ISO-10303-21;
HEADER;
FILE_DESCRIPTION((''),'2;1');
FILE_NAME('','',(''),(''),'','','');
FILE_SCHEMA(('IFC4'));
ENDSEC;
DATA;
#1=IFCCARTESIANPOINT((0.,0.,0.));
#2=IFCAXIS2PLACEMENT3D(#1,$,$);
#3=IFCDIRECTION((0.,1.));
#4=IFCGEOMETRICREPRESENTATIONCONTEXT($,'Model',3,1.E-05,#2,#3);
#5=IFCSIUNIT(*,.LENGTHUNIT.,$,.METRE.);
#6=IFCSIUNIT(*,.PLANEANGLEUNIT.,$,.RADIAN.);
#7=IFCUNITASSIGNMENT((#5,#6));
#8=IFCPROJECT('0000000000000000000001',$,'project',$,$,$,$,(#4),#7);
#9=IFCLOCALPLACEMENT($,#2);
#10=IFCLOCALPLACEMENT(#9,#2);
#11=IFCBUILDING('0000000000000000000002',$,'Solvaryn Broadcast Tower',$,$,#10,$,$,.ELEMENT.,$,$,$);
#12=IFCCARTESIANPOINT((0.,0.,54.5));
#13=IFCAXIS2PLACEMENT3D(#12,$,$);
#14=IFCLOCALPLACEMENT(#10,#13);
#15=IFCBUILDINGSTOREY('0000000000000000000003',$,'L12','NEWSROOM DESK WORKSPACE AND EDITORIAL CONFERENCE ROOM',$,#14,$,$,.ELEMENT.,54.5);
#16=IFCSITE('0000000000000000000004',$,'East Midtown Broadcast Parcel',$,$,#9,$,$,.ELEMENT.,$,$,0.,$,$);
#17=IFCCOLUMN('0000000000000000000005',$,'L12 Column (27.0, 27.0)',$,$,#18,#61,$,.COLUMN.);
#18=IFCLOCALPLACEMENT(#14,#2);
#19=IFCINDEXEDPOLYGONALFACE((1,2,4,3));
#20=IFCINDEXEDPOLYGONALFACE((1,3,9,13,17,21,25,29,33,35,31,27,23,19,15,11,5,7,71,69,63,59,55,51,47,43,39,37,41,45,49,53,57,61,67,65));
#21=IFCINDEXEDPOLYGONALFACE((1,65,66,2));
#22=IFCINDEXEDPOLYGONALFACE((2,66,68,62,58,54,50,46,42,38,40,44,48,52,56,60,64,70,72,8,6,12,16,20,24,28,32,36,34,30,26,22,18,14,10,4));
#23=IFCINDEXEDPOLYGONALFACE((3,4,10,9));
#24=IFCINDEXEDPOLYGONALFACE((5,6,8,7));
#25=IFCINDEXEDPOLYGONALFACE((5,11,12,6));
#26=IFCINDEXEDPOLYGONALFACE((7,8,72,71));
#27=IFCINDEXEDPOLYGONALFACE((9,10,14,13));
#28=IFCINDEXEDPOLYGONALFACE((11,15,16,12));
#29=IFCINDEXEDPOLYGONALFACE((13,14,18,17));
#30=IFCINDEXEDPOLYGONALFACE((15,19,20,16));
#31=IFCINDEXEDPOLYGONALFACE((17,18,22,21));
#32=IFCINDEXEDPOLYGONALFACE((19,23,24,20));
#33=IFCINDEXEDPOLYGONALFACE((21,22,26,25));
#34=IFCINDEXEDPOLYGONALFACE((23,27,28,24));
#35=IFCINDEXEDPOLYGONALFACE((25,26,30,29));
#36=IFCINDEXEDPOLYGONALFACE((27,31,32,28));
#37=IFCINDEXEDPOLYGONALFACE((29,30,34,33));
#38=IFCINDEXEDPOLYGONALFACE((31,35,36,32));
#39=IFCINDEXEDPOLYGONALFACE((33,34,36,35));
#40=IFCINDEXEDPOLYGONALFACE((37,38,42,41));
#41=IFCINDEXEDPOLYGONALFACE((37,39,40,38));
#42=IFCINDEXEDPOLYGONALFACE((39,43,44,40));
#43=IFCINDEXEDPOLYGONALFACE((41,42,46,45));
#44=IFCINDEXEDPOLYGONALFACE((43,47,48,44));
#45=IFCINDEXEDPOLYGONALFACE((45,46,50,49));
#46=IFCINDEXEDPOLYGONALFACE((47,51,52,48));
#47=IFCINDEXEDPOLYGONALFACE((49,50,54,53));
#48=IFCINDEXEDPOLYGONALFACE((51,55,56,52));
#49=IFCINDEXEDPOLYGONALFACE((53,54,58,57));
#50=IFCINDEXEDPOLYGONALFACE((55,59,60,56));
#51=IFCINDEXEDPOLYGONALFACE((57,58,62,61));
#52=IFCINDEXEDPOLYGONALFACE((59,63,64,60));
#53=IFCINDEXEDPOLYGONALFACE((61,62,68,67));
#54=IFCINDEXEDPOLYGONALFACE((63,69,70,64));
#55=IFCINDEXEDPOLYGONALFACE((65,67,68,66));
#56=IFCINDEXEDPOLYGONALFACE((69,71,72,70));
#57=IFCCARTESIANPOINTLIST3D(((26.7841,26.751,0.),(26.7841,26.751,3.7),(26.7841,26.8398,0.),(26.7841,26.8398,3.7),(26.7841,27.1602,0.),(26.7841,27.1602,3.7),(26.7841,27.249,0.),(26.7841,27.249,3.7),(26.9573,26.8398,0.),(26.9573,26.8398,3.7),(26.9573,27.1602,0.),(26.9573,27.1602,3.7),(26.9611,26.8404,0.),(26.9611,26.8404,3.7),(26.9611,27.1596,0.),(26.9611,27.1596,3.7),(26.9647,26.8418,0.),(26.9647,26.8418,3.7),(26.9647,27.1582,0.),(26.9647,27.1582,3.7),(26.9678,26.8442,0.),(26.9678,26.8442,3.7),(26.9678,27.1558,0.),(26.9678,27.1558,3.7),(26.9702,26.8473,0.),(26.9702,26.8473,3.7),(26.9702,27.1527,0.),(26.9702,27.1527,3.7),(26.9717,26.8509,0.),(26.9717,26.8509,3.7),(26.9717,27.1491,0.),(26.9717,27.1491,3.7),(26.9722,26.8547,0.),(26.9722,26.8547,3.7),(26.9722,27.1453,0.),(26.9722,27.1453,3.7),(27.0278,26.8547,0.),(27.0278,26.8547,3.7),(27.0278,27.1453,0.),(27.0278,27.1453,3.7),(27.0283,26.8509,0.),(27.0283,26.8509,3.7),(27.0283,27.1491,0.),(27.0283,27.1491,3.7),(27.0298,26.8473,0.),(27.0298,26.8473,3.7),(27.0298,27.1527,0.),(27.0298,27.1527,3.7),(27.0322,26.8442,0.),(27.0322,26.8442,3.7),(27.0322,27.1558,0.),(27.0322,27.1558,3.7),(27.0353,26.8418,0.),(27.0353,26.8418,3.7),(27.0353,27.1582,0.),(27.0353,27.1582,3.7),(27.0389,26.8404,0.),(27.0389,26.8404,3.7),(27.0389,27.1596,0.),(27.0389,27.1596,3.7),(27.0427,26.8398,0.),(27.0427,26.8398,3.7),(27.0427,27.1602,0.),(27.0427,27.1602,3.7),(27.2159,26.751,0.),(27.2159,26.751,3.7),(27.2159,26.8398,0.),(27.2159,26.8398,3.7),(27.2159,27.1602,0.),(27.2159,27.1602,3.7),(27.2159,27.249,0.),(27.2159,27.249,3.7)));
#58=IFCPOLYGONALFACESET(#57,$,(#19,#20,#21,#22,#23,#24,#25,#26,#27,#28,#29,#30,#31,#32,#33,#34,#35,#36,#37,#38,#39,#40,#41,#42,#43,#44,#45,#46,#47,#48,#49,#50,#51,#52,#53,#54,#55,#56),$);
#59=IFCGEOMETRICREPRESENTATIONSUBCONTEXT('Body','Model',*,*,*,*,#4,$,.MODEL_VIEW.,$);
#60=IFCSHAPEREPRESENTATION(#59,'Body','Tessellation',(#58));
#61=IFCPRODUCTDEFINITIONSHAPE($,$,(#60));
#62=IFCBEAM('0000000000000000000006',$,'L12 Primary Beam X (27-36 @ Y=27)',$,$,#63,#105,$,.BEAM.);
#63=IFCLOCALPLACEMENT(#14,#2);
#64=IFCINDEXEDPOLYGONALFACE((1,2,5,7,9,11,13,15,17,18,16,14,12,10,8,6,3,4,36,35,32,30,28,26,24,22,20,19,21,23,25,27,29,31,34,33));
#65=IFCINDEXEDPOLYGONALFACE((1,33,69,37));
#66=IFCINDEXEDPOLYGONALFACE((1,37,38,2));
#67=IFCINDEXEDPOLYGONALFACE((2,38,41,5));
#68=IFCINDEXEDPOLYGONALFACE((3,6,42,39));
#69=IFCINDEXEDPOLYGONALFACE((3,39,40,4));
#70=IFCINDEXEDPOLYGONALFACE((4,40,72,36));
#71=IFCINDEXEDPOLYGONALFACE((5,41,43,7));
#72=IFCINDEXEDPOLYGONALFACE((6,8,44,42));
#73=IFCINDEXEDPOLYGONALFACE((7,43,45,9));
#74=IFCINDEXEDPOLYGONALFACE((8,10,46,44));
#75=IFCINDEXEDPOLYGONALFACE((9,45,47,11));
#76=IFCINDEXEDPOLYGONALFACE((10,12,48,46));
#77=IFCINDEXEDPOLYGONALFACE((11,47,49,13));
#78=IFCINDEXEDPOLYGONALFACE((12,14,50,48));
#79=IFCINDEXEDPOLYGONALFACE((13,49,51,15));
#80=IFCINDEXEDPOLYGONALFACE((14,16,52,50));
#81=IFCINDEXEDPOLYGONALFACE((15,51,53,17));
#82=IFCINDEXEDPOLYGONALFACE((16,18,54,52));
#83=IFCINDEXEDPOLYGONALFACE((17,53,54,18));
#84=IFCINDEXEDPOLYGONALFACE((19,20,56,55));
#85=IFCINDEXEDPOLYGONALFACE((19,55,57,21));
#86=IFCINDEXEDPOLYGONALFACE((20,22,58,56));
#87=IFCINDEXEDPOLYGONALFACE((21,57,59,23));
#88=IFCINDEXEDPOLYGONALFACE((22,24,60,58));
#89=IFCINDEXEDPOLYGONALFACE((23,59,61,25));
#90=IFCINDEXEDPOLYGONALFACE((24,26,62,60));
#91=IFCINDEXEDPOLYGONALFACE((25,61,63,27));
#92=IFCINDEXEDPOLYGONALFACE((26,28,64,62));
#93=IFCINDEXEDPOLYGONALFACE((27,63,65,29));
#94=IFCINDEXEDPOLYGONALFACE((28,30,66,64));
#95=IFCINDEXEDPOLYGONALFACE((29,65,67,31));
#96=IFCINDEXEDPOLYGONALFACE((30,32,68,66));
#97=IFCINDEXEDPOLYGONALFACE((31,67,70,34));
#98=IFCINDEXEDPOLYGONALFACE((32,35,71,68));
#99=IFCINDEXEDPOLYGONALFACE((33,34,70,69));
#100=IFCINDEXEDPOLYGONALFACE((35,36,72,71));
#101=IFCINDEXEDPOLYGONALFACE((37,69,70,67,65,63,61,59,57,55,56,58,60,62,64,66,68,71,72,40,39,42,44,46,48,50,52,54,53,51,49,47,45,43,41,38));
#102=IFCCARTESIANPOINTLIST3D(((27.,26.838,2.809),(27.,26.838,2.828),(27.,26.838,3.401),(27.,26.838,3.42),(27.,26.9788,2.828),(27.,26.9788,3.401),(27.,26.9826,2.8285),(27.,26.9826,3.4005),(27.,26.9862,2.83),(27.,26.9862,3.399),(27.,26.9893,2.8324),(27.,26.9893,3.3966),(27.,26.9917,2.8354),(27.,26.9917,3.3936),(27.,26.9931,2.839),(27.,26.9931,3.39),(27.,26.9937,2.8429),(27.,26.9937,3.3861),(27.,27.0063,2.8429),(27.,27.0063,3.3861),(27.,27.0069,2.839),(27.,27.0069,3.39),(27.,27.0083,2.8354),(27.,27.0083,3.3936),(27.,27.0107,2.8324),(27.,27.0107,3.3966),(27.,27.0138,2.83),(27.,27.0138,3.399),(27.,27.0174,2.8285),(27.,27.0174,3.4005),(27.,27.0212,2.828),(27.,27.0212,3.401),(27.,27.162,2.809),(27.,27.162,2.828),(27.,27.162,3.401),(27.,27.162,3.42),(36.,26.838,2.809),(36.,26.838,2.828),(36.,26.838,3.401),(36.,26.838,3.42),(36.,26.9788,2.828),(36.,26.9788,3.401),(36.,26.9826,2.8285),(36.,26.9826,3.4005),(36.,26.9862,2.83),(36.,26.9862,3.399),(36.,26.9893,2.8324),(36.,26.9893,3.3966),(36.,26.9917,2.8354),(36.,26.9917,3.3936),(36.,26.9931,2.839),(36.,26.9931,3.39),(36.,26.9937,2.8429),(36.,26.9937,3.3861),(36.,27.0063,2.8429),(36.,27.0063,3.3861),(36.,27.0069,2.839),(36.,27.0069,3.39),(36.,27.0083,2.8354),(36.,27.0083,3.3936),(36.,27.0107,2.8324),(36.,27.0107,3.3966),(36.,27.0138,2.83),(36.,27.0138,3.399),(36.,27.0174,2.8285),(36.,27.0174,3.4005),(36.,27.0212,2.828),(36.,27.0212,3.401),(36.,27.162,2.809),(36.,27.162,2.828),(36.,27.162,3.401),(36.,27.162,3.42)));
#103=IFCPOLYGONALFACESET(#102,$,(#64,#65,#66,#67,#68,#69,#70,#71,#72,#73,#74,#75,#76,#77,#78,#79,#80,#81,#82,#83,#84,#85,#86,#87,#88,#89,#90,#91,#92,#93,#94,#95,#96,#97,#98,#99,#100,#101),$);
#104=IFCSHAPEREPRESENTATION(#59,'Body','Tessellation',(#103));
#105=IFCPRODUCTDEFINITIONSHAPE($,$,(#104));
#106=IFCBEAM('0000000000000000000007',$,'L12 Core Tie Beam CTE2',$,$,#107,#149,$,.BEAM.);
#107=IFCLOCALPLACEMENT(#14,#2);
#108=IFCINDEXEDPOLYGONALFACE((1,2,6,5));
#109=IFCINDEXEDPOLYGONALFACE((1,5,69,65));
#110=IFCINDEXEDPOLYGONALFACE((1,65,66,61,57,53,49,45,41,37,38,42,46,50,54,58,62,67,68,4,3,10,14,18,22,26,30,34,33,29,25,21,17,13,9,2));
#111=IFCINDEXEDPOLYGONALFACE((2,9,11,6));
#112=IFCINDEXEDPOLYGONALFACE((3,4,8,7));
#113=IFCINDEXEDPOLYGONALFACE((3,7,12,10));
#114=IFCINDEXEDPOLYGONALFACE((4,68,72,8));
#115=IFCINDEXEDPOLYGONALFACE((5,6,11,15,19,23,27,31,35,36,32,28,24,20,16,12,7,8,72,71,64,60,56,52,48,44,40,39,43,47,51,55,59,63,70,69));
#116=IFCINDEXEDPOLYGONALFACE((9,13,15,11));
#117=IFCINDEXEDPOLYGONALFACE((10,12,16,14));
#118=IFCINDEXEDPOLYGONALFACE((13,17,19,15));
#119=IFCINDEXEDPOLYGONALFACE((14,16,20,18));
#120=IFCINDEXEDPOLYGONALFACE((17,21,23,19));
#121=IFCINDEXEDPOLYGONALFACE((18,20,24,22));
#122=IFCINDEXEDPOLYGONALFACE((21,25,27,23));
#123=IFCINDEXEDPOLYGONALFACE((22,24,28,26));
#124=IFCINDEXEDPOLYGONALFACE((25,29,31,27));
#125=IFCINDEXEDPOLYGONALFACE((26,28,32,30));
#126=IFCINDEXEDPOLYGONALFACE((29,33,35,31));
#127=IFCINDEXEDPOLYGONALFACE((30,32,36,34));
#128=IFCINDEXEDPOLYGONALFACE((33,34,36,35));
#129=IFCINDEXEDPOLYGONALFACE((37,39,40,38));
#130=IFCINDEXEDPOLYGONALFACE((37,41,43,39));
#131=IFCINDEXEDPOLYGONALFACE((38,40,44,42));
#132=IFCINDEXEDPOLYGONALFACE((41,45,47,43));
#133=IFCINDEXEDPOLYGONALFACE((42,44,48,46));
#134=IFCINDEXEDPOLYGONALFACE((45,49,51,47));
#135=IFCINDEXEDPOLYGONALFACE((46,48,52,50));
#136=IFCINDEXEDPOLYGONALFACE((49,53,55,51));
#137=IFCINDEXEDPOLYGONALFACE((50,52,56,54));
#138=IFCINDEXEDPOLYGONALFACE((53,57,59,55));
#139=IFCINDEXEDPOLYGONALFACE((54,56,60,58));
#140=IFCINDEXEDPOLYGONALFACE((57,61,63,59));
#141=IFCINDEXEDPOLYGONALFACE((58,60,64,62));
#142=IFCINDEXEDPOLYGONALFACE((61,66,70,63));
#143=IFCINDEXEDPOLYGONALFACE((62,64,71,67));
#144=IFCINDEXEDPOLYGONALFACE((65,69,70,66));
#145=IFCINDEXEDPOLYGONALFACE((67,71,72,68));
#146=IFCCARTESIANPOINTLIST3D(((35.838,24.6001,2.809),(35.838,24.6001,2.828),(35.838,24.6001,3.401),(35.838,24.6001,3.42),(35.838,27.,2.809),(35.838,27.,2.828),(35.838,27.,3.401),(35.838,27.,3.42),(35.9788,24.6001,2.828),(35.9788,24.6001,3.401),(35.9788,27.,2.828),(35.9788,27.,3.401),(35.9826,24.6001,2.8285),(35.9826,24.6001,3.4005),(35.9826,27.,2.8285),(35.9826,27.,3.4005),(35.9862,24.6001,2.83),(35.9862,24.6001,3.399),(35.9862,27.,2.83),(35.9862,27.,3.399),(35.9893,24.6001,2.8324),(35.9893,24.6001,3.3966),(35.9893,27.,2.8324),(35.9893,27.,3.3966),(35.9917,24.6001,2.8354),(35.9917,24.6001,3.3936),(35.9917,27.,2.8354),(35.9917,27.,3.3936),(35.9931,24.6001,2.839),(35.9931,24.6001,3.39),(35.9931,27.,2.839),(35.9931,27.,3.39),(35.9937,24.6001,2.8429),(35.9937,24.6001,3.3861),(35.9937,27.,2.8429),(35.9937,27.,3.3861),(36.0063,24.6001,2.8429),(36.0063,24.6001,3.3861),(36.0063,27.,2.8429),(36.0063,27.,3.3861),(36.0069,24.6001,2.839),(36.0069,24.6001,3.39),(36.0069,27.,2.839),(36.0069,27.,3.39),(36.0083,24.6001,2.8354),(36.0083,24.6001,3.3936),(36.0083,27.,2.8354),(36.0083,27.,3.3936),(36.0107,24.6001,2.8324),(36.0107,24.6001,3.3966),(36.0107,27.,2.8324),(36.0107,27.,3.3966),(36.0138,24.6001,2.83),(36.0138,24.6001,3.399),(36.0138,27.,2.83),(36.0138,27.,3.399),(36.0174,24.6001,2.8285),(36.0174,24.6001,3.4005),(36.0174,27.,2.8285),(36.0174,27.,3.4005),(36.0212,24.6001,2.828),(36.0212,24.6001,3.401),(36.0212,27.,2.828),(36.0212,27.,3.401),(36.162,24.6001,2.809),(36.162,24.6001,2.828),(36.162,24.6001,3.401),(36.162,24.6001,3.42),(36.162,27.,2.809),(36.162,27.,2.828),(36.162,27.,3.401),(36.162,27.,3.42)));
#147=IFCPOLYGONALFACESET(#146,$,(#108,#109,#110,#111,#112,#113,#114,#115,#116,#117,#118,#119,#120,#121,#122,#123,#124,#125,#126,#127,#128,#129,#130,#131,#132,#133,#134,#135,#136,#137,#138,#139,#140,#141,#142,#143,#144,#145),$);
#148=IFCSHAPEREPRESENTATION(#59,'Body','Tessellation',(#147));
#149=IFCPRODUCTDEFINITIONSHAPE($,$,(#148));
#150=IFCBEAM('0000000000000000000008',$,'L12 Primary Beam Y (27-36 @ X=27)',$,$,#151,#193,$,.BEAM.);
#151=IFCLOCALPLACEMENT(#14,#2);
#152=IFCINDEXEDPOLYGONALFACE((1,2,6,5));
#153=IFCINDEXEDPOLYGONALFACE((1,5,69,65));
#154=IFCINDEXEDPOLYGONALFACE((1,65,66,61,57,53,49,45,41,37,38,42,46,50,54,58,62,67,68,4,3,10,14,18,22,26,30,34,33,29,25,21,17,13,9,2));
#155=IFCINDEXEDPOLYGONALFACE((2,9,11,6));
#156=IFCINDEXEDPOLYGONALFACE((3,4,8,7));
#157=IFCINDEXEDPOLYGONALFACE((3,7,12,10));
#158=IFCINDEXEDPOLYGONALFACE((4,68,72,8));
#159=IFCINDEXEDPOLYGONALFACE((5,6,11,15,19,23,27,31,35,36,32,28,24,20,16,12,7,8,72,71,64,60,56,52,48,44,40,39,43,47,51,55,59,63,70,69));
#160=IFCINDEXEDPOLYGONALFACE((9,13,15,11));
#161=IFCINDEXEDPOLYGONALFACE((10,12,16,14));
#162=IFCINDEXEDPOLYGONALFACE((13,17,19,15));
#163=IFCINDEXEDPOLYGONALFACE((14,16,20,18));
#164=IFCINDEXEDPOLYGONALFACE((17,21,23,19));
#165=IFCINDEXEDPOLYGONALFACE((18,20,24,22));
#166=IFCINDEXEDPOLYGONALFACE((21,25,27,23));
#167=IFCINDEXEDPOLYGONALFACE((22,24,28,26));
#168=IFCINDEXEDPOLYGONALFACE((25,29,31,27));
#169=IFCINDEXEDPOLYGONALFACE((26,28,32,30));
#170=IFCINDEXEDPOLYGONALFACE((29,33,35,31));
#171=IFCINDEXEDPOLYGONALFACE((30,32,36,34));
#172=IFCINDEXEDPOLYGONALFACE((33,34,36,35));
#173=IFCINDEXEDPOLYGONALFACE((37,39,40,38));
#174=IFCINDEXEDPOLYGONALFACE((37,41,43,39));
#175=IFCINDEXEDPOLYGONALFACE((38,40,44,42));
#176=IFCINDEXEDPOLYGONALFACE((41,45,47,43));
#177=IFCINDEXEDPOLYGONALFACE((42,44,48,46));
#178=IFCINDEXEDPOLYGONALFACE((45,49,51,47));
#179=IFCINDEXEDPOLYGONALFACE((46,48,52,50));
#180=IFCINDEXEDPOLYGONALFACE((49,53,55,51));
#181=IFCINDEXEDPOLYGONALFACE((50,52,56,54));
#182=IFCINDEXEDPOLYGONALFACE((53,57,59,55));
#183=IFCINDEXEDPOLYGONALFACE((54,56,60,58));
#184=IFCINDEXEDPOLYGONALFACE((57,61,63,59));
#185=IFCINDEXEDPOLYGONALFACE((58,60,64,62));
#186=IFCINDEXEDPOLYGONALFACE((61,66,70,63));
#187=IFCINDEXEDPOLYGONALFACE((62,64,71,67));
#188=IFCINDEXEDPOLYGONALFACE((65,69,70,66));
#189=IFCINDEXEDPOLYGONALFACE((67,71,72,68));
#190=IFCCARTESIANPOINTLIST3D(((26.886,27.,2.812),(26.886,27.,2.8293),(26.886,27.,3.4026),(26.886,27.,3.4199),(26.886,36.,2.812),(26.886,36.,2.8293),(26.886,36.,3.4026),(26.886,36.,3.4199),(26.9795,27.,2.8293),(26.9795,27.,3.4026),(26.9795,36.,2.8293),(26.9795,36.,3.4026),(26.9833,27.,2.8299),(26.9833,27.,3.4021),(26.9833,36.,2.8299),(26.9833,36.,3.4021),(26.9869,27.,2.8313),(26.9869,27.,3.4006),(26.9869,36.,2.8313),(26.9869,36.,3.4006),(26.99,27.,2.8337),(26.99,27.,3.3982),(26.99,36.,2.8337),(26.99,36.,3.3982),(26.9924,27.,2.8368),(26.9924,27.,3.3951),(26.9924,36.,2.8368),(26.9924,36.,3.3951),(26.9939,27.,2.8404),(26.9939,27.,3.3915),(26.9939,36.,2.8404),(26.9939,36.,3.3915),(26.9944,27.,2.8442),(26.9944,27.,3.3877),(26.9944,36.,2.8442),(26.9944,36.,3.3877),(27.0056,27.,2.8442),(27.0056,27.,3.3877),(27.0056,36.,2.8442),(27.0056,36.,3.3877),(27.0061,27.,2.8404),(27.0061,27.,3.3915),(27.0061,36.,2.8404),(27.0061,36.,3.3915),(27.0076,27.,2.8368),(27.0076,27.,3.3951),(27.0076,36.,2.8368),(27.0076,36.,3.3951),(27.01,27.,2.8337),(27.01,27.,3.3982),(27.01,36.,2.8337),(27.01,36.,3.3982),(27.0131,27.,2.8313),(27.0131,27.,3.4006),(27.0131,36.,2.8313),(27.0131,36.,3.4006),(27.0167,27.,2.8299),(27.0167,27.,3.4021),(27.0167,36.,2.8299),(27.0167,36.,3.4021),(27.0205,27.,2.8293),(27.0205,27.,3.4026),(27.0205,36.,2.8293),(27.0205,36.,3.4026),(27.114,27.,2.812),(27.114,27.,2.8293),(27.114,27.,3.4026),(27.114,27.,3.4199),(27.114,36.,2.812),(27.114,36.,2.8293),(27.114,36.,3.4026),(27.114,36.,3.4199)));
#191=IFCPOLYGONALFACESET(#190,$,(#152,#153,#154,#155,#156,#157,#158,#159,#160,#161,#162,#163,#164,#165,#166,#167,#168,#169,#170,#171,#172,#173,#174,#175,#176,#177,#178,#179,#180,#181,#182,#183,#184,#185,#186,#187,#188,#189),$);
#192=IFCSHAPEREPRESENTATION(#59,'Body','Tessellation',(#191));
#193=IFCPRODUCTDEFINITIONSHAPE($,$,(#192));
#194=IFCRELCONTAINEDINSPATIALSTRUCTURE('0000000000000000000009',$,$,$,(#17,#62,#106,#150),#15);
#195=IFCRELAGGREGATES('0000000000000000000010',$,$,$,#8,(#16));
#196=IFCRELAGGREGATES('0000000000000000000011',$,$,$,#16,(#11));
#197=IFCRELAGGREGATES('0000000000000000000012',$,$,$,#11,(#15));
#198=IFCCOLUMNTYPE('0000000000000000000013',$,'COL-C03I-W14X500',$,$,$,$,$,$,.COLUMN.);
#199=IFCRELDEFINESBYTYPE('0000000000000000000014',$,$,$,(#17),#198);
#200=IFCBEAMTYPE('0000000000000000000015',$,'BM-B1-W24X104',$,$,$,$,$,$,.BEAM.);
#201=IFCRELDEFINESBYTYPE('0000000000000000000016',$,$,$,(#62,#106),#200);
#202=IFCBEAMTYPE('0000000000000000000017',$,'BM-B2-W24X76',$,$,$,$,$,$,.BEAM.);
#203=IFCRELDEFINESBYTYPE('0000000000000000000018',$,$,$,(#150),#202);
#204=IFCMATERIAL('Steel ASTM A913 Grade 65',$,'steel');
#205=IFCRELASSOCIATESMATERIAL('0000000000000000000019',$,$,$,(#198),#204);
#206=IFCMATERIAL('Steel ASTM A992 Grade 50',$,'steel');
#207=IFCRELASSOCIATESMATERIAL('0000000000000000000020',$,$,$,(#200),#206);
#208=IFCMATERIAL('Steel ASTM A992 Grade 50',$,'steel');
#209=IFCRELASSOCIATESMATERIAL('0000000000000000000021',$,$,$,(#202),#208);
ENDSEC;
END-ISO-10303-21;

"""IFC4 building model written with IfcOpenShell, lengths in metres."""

from ifc_helpers import new_model, si_unit, direction, frame, origin, origin_2d, place, context, subcontext, project, spatial, i_section, extrude, material, material_profile, profile_set, type_object, element, save


model = new_model("IFC4")

# Units and contexts
model_context = context("Model", 3, precision=1e-05, world=origin(), true_north=direction((0.0, 1.0)))
body_context = subcontext(model_context, "Body", "Model", "MODEL_VIEW")
ifc_project = project(units=[si_unit("LENGTHUNIT", "METRE"), si_unit("PLANEANGLEUNIT", "RADIAN")], contexts=[model_context])

# Site, building, storey
site_placement = place(None, origin())
site = spatial("IfcSite", under=ifc_project, at=site_placement, Name="East Midtown Broadcast Parcel", CompositionType="ELEMENT", RefElevation=0.0)
building_placement = place(site_placement, origin())
building = spatial("IfcBuilding", under=site, at=building_placement, Name="Solvaryn Broadcast Tower", CompositionType="ELEMENT")
storey_placement = place(building_placement, frame((0.0, 0.0, 54.5)))
storey = spatial("IfcBuildingStorey", under=building, at=storey_placement, Name="L12", Description="NEWSROOM DESK WORKSPACE AND EDITORIAL CONFERENCE ROOM", CompositionType="ELEMENT", Elevation=54.5)

# Column
ifc_material_1 = material(Name="Steel ASTM A913 Grade 65", Category="steel")
ifc_material_profile_1 = material_profile(ifc_material_1, i_section(OverallWidth=0.4319, OverallDepth=0.498, WebThickness=0.0557, FlangeThickness=0.0889, FilletRadius=0.0149, at=origin_2d()))
ifc_profile_set_1 = profile_set([ifc_material_profile_1], Name="Steel ASTM A913 Grade 65")
column_type = type_object("IfcColumnType", Name="COL-C03I-W14X500", PredefinedType="COLUMN", material=ifc_profile_set_1)
column_placement = place(storey_placement, frame((27.0, 27.0, 0.0), z_axis=(0.0, 0.0, 1.0), x_axis=(1.0, 0.0, 0.0)))
element("IfcColumn", 1, at=column_placement, inside=storey, type_object=column_type, Name="L12 Column (27.0, 27.0)", PredefinedType="COLUMN", context=body_context, shape_type="SweptSolid", body=[
    extrude(i_section(OverallWidth=0.4319, OverallDepth=0.498, WebThickness=0.0557, FlangeThickness=0.0889, FilletRadius=0.0149, at=origin_2d()), origin(), (0.0, 0.0, 1.0), 3.7),
])

# Beams
ifc_material_2 = material(Name="Steel ASTM A992 Grade 50", Category="steel")
ifc_material_profile_2 = material_profile(ifc_material_2, i_section(OverallWidth=0.324, OverallDepth=0.6111, WebThickness=0.0127, FlangeThickness=0.019, FilletRadius=0.0149, at=origin_2d()))
ifc_profile_set_2 = profile_set([ifc_material_profile_2], Name="Steel ASTM A992 Grade 50")
beam_type_1 = type_object("IfcBeamType", Name="BM-B1-W24X104", PredefinedType="BEAM", material=ifc_profile_set_2)
beam_1_placement = place(storey_placement, frame((27.0, 27.0, 3.1145), z_axis=(1.0, 0.0, 0.0), x_axis=(0.0, 1.0, 0.0)))
element("IfcBeam", 2, at=beam_1_placement, inside=storey, type_object=beam_type_1, Name="L12 Primary Beam X (27-36 @ Y=27)", PredefinedType="BEAM", context=body_context, shape_type="SweptSolid", body=[
    extrude(i_section(OverallWidth=0.324, OverallDepth=0.6111, WebThickness=0.0127, FlangeThickness=0.019, FilletRadius=0.0149, at=origin_2d()), origin(), (0.0, 0.0, 1.0), 9.0),
])
beam_2_placement = place(storey_placement, frame((36.0, 24.6001, 3.1145), z_axis=(0.0, 1.0, 0.0), x_axis=(-1.0, 0.0, 0.0)))
element("IfcBeam", 3, at=beam_2_placement, inside=storey, type_object=beam_type_1, Name="L12 Core Tie Beam CTE2", PredefinedType="BEAM", context=body_context, shape_type="SweptSolid", body=[
    extrude(i_section(OverallWidth=0.324, OverallDepth=0.6111, WebThickness=0.0127, FlangeThickness=0.019, FilletRadius=0.0149, at=origin_2d()), origin(), (0.0, 0.0, 1.0), 2.3999),
])
ifc_material_3 = material(Name="Steel ASTM A992 Grade 50", Category="steel")
ifc_material_profile_3 = material_profile(ifc_material_3, i_section(OverallWidth=0.228, OverallDepth=0.6079, WebThickness=0.0112, FlangeThickness=0.0173, FilletRadius=0.0149, at=origin_2d()))
ifc_profile_set_3 = profile_set([ifc_material_profile_3], Name="Steel ASTM A992 Grade 50")
beam_type_2 = type_object("IfcBeamType", Name="BM-B2-W24X76", PredefinedType="BEAM", material=ifc_profile_set_3)
beam_3_placement = place(storey_placement, frame((27.0, 27.0, 3.116), z_axis=(0.0, 1.0, 0.0), x_axis=(-1.0, 0.0, 0.0)))
element("IfcBeam", 4, at=beam_3_placement, inside=storey, type_object=beam_type_2, Name="L12 Primary Beam Y (27-36 @ X=27)", PredefinedType="BEAM", context=body_context, shape_type="SweptSolid", body=[
    extrude(i_section(OverallWidth=0.228, OverallDepth=0.6079, WebThickness=0.0112, FlangeThickness=0.0173, FilletRadius=0.0149, at=origin_2d()), origin(), (0.0, 0.0, 1.0), 9.0),
])

save(model, "model.ifc")
